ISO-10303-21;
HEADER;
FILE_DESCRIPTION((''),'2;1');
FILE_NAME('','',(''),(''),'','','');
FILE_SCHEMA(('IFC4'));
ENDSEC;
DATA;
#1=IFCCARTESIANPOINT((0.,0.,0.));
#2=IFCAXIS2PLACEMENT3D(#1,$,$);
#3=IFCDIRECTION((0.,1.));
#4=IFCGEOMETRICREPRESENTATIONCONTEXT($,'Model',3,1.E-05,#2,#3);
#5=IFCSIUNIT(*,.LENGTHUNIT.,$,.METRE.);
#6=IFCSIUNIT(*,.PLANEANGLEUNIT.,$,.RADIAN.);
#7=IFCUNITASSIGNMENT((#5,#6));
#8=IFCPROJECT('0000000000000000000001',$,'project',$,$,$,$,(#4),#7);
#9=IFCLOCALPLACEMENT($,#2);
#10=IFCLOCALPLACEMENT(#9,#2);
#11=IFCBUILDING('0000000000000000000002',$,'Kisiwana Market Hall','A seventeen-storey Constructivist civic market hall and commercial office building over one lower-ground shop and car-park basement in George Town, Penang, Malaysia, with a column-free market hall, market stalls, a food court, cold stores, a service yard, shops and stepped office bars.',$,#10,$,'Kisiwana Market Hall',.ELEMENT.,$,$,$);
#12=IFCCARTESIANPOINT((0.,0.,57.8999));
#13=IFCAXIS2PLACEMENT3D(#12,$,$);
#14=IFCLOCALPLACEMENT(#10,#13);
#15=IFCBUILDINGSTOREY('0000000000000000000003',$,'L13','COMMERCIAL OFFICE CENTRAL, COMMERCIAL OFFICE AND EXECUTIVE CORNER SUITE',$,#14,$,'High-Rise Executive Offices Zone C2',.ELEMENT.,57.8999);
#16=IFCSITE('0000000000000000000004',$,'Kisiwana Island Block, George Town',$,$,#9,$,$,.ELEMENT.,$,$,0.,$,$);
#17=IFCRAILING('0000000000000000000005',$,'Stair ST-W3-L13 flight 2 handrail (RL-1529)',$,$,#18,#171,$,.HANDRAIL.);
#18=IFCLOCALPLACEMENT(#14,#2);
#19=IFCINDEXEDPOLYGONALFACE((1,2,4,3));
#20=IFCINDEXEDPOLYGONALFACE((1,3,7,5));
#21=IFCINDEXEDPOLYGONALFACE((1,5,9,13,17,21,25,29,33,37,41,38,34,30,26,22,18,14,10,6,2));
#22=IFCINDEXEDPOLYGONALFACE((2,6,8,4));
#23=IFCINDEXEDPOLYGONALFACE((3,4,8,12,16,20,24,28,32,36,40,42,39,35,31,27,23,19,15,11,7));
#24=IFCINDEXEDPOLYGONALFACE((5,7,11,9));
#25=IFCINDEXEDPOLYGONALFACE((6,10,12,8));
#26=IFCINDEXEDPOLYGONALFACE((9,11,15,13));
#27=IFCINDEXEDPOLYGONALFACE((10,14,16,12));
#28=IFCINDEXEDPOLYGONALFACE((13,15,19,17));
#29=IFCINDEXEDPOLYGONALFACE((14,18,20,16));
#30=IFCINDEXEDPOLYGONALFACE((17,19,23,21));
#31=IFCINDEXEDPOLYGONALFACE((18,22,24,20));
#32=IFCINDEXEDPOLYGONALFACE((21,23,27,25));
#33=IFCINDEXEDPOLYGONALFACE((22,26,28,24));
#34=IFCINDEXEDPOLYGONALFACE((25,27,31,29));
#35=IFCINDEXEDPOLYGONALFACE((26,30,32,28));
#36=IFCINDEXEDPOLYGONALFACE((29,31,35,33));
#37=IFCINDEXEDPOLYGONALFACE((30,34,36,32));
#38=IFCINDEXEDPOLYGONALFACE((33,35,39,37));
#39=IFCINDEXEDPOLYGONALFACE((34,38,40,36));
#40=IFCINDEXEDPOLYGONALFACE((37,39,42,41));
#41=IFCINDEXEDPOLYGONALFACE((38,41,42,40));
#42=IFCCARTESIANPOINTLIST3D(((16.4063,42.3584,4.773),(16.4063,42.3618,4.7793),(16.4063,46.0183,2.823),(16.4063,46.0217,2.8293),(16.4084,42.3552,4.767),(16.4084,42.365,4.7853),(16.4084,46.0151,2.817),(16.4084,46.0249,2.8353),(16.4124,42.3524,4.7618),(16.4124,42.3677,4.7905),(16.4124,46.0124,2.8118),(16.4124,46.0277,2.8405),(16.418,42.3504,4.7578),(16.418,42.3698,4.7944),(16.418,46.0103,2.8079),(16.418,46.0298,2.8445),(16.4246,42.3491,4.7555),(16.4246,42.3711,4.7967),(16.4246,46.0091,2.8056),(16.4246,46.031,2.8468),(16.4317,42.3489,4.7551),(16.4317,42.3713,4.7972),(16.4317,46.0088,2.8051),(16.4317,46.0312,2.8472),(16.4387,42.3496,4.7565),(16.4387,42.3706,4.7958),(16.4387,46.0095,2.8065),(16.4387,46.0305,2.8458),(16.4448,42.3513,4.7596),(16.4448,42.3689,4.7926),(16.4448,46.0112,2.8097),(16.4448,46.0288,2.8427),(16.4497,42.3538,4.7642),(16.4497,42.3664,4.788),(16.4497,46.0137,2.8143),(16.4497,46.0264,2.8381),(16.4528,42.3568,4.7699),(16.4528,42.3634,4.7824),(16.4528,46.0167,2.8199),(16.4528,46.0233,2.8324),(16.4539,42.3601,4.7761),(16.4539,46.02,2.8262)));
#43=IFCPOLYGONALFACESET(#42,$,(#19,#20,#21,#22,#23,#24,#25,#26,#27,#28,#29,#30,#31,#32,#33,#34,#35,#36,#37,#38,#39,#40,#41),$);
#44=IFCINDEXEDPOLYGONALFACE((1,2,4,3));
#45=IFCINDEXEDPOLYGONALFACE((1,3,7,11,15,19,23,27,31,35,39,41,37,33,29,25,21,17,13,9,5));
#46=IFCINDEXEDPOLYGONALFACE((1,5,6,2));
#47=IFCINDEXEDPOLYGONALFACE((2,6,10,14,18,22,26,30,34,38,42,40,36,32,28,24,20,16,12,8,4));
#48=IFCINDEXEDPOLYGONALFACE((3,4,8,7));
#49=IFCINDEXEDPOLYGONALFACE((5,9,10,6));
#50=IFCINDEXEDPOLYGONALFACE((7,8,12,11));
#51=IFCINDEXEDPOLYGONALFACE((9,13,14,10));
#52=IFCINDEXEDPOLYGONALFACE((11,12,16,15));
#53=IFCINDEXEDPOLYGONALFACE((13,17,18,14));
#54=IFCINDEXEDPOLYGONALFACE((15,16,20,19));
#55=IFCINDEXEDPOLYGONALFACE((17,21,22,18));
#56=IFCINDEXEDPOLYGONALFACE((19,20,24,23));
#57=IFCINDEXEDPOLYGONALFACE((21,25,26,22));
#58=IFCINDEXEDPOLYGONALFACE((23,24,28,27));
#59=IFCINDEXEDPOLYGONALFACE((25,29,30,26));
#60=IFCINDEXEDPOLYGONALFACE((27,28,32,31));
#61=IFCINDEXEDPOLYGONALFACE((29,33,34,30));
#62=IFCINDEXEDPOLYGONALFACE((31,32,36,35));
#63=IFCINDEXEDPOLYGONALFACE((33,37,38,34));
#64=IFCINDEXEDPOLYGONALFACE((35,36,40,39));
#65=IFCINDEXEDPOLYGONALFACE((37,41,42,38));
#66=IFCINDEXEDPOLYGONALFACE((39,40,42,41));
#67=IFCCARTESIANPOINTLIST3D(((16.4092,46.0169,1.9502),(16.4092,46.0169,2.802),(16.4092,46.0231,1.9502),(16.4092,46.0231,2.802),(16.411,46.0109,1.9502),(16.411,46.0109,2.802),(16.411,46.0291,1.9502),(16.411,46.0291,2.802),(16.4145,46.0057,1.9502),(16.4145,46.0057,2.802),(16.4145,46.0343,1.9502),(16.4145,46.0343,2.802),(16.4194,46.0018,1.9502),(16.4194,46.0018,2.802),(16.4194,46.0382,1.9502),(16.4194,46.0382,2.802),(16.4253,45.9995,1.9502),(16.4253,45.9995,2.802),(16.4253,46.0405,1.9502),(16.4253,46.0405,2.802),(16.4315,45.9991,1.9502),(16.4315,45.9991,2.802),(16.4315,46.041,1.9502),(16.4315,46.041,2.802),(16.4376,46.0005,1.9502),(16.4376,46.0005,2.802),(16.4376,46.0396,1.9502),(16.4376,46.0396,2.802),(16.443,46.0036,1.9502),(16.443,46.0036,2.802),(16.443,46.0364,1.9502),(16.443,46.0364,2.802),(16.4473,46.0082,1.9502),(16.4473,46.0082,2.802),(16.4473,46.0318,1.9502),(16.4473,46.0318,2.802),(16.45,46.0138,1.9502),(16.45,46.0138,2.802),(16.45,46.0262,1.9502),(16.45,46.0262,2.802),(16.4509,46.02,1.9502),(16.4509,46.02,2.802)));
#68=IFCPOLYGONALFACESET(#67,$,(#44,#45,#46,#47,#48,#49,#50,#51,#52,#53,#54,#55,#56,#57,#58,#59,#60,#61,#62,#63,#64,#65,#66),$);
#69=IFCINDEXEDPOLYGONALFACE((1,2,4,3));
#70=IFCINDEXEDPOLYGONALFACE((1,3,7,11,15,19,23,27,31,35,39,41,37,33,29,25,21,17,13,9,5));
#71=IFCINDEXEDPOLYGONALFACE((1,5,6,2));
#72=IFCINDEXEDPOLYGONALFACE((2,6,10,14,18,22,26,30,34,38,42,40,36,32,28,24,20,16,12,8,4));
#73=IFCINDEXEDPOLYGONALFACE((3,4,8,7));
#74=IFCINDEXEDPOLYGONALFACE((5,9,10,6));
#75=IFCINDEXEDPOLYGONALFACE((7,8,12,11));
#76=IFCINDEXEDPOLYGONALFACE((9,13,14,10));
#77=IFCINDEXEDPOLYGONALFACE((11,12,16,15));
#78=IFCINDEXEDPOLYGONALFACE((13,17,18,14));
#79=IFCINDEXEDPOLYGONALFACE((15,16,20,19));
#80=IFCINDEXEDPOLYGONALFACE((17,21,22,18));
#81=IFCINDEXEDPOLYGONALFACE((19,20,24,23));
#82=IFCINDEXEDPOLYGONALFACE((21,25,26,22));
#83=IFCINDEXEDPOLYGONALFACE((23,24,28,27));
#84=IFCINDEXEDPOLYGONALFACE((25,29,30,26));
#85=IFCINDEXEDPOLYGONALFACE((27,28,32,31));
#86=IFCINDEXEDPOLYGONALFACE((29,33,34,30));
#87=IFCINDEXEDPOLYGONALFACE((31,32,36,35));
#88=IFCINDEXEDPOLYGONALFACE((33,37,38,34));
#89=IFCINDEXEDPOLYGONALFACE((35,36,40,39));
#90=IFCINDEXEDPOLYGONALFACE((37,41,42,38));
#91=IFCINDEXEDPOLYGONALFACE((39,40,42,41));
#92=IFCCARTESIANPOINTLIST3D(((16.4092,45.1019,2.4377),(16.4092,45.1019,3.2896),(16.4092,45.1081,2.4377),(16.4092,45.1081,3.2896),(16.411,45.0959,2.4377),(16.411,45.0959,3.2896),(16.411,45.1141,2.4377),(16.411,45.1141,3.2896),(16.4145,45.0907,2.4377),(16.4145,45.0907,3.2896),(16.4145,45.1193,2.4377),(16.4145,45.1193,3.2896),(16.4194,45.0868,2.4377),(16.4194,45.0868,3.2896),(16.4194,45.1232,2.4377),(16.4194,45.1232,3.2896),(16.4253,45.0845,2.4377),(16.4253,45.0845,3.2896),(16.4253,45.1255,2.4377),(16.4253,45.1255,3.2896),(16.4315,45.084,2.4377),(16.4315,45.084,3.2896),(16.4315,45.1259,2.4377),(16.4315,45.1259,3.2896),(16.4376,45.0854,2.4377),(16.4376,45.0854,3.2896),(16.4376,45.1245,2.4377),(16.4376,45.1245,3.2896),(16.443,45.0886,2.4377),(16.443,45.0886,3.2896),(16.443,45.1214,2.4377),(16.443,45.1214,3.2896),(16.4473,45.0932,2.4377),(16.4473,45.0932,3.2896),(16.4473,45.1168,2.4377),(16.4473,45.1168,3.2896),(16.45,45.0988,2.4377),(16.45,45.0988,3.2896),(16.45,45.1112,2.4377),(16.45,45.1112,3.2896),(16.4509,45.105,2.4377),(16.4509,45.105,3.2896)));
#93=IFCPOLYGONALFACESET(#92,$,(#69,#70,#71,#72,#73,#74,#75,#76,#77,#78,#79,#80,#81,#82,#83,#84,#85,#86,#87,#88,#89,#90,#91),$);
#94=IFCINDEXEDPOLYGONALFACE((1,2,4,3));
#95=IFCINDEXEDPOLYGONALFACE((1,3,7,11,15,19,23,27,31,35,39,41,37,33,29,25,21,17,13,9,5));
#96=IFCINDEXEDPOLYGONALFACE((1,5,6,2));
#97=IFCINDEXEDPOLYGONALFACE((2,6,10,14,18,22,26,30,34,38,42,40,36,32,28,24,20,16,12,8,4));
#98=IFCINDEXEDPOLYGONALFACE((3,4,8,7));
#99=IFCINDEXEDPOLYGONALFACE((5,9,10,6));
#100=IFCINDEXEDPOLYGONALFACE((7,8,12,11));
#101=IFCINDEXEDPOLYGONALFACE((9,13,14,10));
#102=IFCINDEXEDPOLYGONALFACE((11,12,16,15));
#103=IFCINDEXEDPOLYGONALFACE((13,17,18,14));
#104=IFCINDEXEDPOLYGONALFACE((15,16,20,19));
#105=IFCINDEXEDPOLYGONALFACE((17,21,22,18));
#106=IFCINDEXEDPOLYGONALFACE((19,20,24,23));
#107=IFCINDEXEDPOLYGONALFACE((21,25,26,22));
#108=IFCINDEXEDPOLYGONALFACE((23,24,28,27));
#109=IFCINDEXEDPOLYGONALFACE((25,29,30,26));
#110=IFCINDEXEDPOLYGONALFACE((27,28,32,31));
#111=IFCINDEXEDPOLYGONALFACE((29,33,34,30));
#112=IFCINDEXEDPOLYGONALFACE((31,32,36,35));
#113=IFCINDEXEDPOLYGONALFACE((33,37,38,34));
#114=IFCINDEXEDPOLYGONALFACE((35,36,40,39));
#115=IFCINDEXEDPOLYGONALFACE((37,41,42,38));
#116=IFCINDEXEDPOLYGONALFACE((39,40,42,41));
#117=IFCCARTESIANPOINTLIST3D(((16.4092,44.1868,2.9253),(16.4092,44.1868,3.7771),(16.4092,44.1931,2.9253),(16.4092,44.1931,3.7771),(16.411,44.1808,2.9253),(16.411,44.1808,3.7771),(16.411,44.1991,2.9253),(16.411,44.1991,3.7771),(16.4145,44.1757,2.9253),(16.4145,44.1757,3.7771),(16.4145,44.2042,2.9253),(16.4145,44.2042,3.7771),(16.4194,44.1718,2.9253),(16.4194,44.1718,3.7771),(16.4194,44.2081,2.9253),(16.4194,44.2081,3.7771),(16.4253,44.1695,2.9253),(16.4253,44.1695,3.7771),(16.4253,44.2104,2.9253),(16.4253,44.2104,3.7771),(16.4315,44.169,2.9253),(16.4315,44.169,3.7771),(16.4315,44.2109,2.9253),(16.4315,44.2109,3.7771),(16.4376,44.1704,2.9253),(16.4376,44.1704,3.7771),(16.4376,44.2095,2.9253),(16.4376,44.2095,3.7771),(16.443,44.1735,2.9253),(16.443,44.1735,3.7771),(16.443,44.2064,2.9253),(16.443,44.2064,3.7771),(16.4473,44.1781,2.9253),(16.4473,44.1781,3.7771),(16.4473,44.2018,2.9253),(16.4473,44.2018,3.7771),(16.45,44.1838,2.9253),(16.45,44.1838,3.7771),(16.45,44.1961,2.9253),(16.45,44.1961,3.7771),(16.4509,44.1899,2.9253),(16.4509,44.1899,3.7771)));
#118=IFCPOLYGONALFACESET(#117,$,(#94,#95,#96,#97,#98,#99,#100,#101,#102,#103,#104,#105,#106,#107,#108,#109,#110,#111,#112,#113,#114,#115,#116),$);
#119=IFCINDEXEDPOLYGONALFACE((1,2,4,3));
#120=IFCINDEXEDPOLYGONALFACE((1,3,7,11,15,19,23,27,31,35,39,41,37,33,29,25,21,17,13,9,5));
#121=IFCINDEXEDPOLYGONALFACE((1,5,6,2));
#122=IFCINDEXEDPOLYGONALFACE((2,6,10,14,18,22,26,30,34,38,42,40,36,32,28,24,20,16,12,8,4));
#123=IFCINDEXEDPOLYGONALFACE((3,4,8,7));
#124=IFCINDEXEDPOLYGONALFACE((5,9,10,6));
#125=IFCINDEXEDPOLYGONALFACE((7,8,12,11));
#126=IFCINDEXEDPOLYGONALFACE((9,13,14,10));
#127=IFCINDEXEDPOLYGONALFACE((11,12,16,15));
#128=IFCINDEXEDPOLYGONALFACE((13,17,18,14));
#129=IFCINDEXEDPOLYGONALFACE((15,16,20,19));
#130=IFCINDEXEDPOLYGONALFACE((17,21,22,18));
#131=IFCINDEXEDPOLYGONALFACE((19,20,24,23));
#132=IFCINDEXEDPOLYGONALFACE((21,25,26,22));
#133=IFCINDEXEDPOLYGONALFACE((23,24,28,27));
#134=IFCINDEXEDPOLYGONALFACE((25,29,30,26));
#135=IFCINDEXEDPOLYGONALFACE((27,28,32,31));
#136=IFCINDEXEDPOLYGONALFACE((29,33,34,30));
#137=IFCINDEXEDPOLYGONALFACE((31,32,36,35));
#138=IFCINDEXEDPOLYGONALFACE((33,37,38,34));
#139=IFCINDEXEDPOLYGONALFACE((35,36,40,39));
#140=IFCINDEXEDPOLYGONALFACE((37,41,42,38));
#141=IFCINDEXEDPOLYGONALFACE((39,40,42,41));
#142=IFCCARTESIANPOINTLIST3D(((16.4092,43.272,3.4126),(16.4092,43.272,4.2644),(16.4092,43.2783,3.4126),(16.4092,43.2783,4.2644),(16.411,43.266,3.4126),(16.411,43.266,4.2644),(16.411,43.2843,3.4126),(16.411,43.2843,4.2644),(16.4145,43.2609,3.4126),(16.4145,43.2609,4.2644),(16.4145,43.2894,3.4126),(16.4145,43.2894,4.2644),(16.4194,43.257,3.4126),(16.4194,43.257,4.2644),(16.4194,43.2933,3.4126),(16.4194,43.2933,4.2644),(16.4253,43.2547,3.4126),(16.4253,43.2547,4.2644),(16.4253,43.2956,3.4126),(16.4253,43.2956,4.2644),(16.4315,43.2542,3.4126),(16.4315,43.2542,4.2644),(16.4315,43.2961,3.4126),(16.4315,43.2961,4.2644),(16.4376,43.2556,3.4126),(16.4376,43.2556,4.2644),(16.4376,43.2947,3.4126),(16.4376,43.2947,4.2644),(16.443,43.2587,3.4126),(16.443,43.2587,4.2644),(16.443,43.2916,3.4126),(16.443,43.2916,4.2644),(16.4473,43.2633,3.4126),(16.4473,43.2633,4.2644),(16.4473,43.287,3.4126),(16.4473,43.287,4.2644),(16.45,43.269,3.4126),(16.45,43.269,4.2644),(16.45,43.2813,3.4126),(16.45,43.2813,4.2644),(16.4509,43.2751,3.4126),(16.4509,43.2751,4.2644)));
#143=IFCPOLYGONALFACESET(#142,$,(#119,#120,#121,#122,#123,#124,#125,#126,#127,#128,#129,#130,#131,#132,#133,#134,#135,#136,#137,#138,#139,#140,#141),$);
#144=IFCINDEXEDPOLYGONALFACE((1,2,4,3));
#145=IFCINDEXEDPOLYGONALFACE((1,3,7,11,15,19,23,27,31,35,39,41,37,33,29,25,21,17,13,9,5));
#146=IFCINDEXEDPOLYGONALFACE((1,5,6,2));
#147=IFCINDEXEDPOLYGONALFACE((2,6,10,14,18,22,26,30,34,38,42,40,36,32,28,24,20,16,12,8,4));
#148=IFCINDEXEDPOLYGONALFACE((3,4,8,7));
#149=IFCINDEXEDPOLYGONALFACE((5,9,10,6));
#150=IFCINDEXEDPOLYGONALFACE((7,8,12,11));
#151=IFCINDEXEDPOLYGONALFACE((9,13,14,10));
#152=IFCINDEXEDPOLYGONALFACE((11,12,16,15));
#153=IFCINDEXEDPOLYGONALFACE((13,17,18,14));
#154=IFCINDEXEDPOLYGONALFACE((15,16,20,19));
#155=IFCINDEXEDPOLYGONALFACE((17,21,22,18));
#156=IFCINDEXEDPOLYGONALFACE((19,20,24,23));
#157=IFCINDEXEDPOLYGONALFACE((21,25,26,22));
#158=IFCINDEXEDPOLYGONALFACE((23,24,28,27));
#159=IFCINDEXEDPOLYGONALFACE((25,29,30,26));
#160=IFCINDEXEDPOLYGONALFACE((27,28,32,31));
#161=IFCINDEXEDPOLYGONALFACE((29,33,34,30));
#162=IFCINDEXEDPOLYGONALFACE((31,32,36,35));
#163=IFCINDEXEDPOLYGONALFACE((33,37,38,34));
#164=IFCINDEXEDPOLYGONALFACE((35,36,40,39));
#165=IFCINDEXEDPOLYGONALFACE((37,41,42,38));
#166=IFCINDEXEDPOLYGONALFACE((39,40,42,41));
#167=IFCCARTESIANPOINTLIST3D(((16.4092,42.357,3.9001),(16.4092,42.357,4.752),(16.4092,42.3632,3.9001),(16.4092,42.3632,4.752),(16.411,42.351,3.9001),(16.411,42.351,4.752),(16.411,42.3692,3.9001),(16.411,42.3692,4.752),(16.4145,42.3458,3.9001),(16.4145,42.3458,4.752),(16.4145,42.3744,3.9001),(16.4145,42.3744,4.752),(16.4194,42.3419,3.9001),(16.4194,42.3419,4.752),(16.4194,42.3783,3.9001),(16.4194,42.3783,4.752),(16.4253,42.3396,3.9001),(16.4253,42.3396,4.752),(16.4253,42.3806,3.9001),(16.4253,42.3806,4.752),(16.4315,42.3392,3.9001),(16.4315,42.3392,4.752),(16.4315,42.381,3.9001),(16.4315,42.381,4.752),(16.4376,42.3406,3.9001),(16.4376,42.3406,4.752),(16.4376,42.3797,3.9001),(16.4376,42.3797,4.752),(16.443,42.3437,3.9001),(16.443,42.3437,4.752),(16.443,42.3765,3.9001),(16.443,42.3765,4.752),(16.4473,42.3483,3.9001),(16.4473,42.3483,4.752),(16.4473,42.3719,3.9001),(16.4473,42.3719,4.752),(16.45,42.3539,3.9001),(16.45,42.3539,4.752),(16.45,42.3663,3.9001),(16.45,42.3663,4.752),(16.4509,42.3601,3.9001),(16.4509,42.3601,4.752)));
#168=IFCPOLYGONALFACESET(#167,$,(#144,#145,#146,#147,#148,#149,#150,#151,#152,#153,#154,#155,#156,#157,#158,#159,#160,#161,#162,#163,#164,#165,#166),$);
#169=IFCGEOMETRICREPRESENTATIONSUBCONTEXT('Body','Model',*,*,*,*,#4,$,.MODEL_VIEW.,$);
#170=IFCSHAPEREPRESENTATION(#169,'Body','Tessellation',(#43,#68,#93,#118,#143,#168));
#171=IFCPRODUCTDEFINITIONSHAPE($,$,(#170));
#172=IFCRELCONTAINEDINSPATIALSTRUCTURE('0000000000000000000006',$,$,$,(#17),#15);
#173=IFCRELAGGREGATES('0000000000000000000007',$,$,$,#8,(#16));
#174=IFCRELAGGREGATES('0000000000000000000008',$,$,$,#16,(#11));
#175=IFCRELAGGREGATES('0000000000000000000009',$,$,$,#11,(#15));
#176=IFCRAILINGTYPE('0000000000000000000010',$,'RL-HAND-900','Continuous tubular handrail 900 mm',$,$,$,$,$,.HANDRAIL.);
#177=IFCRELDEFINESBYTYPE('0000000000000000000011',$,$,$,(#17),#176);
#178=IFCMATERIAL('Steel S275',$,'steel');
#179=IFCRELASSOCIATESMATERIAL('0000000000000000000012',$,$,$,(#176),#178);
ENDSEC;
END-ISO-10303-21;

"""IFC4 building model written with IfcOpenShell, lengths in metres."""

from ifc_helpers import new_model, si_unit, direction, frame, origin, origin_2d, place, context, subcontext, project, spatial, circle, extrude, material, type_object, element, save


model = new_model("IFC4")

# Units and contexts
model_context = context("Model", 3, precision=1e-05, world=origin(), true_north=direction((0.0, 1.0)))
body_context = subcontext(model_context, "Body", "Model", "MODEL_VIEW")
ifc_project = project(units=[si_unit("LENGTHUNIT", "METRE"), si_unit("PLANEANGLEUNIT", "RADIAN")], contexts=[model_context])

# Site, building, storey
site_placement = place(None, origin())
site = spatial("IfcSite", under=ifc_project, at=site_placement, Name="Kisiwana Island Block, George Town", CompositionType="ELEMENT", RefElevation=0.0)
building_placement = place(site_placement, origin())
building = spatial("IfcBuilding", under=site, at=building_placement, Name="Kisiwana Market Hall", Description="A seventeen-storey Constructivist civic market hall and commercial office building over one lower-ground shop and car-park basement in George Town, Penang, Malaysia, with a column-free market hall, market stalls, a food court, cold stores, a service yard, shops and stepped office bars.", LongName="Kisiwana Market Hall", CompositionType="ELEMENT")
storey_placement = place(building_placement, frame((0.0, 0.0, 57.8999)))
storey = spatial("IfcBuildingStorey", under=building, at=storey_placement, Name="L13", Description="COMMERCIAL OFFICE CENTRAL, COMMERCIAL OFFICE AND EXECUTIVE CORNER SUITE", LongName="High-Rise Executive Offices Zone C2", CompositionType="ELEMENT", Elevation=57.8999)

# Railing
ifc_material_1 = material(Name="Steel S275", Category="steel")
railing_type_1 = type_object("IfcRailingType", Name="RL-HAND-900", Description="Continuous tubular handrail 900 mm", PredefinedType="HANDRAIL", material=ifc_material_1)
for number, where, name in (
    (1, (16.4299, 46.02, 1.9502), "Stair ST-W3-L13 flight 2 handrail (RL-1529)"),
):
    element("IfcRailing", number, at=place(storey_placement, frame(where)), inside=storey, type_object=railing_type_1, Name=name, PredefinedType="HANDRAIL", context=body_context, shape_type="SweptSolid", body=[
        extrude(circle(Radius=0.0239, at=origin_2d()), frame((0.0, 0.0, 0.876), z_axis=(0.0, -0.882553, 0.470212), x_axis=(1.0, 0.0, 0.0)), (0.0, 0.0, 1.0), 4.147),
        extrude(circle(Radius=0.021, at=origin_2d()), origin(), (0.0, 0.0, 1.0), 0.8518),
        extrude(circle(Radius=0.021, at=origin_2d()), frame((0.0, -0.915, 0.4875)), (0.0, 0.0, 1.0), 0.8518),
        extrude(circle(Radius=0.021, at=origin_2d()), frame((0.0, -1.8301, 0.9751)), (0.0, 0.0, 1.0), 0.8518),
        extrude(circle(Radius=0.021, at=origin_2d()), frame((0.0, -2.7449, 1.4624)), (0.0, 0.0, 1.0), 0.8518),
        extrude(circle(Radius=0.021, at=origin_2d()), frame((0.0, -3.6599, 1.95)), (0.0, 0.0, 1.0), 0.8518),
    ])

save(model, "model.ifc")
